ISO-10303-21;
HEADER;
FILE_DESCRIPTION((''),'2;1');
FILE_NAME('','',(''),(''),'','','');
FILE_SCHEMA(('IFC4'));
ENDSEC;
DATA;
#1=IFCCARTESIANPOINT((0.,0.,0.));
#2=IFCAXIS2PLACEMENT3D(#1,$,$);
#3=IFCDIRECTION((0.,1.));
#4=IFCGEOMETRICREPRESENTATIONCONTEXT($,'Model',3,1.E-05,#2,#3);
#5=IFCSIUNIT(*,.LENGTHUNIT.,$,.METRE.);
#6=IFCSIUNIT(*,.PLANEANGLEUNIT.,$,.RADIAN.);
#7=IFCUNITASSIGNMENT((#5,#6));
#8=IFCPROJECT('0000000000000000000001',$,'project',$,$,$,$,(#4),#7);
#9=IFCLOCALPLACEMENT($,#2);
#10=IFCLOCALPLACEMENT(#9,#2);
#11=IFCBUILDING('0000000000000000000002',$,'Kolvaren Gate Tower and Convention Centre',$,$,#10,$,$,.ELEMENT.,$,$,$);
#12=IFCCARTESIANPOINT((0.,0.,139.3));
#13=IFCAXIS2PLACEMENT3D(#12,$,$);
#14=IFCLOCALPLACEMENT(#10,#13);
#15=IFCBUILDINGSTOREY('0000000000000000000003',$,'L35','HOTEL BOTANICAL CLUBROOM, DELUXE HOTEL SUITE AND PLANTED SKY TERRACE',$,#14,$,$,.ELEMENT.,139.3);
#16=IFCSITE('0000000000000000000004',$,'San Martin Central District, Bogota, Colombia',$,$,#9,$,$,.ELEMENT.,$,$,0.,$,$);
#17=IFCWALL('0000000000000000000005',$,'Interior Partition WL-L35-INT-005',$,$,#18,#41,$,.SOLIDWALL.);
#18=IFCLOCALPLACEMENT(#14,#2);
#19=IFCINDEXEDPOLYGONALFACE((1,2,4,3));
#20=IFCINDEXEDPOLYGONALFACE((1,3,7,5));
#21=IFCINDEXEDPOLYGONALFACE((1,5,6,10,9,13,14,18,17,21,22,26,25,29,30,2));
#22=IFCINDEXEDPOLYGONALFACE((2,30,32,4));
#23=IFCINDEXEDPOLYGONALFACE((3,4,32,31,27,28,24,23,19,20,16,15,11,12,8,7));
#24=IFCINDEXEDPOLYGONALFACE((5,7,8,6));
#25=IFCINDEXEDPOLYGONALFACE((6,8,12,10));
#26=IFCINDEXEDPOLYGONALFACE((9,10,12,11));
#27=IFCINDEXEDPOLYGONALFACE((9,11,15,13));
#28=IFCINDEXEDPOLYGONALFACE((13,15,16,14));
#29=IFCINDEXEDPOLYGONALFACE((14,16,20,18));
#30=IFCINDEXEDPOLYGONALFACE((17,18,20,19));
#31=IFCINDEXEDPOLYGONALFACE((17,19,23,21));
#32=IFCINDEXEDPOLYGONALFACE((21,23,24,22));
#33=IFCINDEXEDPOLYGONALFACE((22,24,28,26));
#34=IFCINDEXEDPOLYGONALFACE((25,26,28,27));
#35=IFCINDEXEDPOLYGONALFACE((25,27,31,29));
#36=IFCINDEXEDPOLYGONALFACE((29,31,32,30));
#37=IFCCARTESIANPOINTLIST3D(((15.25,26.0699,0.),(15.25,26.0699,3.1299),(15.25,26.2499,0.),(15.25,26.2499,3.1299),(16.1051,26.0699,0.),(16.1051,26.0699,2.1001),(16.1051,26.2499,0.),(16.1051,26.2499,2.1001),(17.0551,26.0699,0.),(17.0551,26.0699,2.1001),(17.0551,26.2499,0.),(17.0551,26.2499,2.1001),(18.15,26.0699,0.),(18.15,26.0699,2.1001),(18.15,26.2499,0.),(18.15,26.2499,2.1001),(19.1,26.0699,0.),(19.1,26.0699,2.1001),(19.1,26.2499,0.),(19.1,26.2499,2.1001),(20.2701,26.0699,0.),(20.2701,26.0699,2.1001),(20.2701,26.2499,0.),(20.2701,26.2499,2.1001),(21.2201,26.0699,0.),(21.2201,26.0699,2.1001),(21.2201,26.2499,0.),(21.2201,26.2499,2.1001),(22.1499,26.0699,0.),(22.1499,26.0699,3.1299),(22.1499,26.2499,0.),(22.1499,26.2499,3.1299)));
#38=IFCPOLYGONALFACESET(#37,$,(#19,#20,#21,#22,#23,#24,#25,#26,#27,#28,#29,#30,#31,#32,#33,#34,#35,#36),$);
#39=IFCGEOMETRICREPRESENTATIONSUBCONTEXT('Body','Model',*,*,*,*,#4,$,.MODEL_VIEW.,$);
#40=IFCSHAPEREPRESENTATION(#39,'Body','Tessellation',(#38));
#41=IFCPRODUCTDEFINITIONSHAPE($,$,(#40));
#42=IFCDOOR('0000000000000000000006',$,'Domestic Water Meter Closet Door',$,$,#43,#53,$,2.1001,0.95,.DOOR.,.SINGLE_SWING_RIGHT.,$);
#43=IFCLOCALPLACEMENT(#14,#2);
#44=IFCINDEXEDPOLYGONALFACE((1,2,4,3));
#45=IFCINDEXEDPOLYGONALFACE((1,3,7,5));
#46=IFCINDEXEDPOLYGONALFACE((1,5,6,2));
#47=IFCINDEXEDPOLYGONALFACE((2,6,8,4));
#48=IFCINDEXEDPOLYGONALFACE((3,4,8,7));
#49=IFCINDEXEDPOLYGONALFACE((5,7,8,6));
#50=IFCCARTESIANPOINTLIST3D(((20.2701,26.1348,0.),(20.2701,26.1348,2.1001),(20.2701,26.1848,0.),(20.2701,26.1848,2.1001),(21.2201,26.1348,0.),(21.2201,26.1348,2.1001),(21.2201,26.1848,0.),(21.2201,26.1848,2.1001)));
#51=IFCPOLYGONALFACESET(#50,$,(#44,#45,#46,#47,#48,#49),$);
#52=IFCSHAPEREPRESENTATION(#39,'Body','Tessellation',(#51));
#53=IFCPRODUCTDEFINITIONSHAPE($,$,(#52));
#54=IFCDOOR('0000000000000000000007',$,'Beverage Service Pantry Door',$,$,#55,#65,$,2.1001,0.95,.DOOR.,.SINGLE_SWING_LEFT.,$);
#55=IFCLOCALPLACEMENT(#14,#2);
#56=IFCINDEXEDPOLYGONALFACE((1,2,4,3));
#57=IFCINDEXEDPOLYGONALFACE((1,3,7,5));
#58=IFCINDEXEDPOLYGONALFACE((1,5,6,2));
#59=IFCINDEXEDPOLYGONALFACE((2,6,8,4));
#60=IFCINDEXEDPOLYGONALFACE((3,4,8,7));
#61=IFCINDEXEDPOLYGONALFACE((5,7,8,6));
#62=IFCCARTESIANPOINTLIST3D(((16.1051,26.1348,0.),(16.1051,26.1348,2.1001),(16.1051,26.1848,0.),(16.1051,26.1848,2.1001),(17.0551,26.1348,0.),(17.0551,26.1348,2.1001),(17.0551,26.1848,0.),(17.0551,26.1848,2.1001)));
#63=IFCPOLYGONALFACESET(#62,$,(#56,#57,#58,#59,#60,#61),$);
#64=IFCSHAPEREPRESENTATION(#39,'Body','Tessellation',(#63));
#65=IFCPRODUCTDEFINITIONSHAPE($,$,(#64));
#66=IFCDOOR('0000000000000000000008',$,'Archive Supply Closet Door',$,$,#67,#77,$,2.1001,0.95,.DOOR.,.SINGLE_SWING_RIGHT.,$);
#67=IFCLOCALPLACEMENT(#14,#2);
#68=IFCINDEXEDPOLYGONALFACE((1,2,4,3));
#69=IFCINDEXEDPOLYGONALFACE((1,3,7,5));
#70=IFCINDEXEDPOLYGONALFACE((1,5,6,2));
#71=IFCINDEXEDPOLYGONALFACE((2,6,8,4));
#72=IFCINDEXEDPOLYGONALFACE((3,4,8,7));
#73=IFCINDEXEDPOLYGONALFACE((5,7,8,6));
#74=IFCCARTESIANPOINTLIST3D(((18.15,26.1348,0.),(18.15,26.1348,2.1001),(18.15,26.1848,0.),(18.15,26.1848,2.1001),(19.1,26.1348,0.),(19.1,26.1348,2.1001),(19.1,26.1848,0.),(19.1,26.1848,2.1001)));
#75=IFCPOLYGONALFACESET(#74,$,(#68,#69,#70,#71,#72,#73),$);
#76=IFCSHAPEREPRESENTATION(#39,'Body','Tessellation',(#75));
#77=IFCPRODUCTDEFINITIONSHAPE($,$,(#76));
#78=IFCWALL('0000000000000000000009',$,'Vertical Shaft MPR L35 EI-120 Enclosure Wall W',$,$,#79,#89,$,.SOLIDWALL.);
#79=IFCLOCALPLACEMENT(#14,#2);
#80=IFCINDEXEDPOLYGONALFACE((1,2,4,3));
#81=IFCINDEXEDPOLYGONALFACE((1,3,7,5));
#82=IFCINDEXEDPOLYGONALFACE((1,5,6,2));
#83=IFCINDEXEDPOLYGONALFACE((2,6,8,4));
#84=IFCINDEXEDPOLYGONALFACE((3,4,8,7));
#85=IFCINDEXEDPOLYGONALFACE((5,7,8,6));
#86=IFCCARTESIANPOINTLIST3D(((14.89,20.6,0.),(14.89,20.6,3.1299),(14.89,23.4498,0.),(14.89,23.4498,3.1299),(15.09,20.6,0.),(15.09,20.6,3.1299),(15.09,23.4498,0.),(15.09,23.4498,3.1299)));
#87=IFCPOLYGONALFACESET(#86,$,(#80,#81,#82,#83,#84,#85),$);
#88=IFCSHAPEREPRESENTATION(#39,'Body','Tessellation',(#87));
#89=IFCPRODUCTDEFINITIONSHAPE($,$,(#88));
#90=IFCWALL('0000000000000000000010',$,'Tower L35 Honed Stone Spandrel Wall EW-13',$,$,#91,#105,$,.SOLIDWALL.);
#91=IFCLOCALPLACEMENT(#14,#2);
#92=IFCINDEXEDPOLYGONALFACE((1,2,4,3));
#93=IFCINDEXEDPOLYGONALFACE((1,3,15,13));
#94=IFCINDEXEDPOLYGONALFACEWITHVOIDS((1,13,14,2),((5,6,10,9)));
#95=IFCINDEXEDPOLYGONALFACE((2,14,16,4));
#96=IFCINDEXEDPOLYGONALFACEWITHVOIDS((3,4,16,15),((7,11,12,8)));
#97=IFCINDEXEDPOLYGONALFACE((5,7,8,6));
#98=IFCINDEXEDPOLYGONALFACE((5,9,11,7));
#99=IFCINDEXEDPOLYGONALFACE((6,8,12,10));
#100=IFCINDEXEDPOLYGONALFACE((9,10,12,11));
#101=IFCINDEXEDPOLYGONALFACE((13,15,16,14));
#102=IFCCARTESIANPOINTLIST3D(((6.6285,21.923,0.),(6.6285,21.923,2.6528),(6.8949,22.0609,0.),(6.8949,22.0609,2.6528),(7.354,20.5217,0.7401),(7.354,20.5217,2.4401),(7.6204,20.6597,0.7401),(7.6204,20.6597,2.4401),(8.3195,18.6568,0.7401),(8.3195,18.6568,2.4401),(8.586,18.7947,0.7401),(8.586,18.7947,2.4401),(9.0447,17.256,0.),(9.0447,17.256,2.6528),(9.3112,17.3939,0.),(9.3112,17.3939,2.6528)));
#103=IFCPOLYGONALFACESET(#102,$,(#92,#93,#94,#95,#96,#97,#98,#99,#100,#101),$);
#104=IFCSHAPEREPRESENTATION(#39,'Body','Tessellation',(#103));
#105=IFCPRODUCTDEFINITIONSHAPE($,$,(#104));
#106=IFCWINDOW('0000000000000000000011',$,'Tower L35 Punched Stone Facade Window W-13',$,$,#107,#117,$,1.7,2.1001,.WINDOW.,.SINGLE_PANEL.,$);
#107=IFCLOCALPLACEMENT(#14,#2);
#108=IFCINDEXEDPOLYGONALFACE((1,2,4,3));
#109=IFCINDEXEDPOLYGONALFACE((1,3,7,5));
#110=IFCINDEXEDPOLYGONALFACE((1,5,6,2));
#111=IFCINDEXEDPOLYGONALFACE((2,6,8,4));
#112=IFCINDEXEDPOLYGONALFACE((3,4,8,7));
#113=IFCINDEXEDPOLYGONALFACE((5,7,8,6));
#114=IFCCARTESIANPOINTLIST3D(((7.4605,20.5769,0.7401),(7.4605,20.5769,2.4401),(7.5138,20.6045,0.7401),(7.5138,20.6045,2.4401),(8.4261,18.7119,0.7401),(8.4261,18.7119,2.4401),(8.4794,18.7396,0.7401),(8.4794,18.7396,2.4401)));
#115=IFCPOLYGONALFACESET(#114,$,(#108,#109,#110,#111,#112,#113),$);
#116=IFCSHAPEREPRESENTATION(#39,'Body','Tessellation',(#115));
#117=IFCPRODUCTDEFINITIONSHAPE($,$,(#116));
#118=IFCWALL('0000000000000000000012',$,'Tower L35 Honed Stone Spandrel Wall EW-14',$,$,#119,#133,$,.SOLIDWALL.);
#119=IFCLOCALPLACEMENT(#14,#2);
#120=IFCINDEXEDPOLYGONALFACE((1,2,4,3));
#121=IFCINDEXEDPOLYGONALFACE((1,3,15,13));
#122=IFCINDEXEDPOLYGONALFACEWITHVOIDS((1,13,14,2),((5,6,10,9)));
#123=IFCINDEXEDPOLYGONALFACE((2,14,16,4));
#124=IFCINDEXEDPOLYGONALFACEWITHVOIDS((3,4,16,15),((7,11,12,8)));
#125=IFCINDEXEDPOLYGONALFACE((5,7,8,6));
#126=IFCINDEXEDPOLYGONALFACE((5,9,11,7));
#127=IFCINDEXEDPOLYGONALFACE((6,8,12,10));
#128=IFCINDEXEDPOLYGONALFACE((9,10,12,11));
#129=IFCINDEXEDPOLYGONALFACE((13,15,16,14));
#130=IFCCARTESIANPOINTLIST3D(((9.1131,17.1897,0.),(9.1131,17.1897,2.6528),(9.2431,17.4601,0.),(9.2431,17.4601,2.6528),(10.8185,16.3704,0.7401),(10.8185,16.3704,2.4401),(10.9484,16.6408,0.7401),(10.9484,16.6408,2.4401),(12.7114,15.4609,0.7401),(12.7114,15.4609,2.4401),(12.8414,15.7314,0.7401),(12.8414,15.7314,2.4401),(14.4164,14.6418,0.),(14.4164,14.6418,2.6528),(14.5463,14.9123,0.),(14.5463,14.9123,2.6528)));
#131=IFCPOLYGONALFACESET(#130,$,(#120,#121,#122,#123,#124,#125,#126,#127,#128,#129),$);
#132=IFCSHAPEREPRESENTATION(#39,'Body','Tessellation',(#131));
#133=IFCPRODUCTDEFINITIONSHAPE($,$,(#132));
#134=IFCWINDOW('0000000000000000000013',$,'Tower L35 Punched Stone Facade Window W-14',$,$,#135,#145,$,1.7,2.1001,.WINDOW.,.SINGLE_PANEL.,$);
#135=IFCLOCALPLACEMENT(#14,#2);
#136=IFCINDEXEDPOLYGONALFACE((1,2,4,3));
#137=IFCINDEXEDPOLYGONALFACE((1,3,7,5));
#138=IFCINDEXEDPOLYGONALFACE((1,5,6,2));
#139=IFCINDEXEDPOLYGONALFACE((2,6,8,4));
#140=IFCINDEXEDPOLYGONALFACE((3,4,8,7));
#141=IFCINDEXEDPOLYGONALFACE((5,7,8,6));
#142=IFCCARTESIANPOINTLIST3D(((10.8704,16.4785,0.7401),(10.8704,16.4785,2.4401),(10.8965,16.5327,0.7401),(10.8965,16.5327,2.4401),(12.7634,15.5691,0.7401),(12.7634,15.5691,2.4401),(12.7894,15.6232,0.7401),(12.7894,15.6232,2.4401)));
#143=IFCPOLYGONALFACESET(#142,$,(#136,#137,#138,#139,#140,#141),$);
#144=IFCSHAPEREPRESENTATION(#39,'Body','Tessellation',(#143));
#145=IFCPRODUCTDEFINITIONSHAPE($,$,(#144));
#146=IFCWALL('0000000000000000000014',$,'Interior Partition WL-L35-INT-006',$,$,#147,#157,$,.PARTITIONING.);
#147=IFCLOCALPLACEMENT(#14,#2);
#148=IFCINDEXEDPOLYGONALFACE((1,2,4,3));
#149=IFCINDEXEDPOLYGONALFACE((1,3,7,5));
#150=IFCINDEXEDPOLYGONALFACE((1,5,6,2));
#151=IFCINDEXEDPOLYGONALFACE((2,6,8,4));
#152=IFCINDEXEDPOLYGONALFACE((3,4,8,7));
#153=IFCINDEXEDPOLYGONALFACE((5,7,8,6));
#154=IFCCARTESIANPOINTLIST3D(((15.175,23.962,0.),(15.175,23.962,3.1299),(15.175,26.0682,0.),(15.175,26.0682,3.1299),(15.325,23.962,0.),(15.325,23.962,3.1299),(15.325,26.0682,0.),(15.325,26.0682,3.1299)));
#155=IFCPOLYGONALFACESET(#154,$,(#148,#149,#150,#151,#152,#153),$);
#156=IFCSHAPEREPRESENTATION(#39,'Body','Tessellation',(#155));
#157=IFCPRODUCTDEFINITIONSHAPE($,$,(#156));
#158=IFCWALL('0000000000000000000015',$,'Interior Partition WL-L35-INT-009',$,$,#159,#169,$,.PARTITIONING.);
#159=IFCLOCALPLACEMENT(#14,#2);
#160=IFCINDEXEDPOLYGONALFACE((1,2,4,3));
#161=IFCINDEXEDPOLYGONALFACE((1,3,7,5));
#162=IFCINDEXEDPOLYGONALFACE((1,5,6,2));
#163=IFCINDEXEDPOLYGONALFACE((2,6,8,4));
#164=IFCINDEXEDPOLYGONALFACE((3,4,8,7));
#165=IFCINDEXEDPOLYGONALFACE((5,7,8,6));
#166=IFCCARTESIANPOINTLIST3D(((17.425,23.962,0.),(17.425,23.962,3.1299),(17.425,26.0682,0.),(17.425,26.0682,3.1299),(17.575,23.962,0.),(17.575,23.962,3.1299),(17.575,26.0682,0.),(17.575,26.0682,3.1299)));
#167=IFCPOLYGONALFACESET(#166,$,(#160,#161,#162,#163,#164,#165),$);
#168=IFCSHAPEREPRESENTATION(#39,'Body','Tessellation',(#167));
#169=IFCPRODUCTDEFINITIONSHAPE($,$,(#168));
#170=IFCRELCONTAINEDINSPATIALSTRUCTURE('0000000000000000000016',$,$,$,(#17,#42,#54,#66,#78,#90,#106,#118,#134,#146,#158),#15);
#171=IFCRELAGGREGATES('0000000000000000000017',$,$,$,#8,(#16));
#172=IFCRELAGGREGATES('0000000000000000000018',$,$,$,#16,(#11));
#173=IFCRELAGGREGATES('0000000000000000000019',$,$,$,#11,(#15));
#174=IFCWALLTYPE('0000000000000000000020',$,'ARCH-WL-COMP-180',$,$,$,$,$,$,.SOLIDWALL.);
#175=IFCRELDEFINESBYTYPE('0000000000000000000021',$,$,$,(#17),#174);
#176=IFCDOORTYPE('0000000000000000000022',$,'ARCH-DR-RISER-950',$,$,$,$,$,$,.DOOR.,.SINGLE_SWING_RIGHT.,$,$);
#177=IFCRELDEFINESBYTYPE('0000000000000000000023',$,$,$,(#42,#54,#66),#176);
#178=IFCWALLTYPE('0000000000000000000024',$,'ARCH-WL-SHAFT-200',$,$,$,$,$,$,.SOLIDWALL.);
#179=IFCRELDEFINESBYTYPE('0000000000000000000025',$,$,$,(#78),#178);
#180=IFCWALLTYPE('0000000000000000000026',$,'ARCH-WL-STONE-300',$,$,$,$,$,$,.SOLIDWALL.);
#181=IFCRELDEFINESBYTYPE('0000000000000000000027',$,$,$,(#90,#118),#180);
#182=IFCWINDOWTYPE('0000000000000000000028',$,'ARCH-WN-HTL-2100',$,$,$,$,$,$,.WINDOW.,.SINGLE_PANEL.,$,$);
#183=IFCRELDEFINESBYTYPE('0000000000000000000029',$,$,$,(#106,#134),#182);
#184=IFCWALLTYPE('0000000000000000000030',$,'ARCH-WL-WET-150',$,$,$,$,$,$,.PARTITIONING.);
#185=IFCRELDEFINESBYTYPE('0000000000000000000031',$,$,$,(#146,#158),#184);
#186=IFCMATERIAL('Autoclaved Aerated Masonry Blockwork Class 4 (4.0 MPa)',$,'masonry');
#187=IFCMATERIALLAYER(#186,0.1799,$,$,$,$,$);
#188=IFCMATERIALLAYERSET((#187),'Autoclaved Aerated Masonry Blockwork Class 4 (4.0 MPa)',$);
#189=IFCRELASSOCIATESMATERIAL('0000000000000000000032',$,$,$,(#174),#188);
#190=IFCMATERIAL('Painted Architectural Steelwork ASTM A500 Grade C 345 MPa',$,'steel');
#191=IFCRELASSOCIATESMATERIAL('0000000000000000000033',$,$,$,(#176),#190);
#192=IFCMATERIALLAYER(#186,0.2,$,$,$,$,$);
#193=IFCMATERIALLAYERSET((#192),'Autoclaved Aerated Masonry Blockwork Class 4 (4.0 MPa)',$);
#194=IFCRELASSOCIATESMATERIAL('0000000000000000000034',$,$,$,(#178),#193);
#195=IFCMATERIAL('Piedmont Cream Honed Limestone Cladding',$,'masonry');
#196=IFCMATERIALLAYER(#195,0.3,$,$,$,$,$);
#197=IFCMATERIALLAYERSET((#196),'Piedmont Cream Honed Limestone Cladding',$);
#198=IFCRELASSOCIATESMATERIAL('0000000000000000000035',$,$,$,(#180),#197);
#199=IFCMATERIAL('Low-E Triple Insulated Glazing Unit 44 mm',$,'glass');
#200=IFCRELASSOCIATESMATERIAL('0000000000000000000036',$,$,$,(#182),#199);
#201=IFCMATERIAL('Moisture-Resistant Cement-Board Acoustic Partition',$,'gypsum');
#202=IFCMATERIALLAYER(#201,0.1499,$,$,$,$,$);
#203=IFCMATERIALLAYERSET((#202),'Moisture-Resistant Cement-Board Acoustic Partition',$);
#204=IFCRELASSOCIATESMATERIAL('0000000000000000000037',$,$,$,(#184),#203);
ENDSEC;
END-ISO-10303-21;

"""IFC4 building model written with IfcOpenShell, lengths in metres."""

from ifc_helpers import new_model, si_unit, direction, frame, frame_2d, origin, place, context, subcontext, project, spatial, rectangle, extrude, material, layer, layer_set, type_object, element, fill, save


model = new_model("IFC4")

# Units and contexts
model_context = context("Model", 3, precision=1e-05, world=origin(), true_north=direction((0.0, 1.0)))
body_context = subcontext(model_context, "Body", "Model", "MODEL_VIEW")
ifc_project = project(units=[si_unit("LENGTHUNIT", "METRE"), si_unit("PLANEANGLEUNIT", "RADIAN")], contexts=[model_context])

# Site, building, storey
site_placement = place(None, origin())
site = spatial("IfcSite", under=ifc_project, at=site_placement, Name="San Martin Central District, Bogota, Colombia", CompositionType="ELEMENT", RefElevation=0.0)
building_placement = place(site_placement, origin())
building = spatial("IfcBuilding", under=site, at=building_placement, Name="Kolvaren Gate Tower and Convention Centre", CompositionType="ELEMENT")
storey_placement = place(building_placement, frame((0.0, 0.0, 139.3)))
storey = spatial("IfcBuildingStorey", under=building, at=storey_placement, Name="L35", Description="HOTEL BOTANICAL CLUBROOM, DELUXE HOTEL SUITE AND PLANTED SKY TERRACE", CompositionType="ELEMENT", Elevation=139.3)

# Wall, openings, doors
ifc_material_1 = material(Name="Autoclaved Aerated Masonry Blockwork Class 4 (4.0 MPa)", Category="masonry")
ifc_layer_1 = layer(ifc_material_1, 0.1799)
ifc_layer_set_1 = layer_set([ifc_layer_1], Name="Autoclaved Aerated Masonry Blockwork Class 4 (4.0 MPa)")
wall_type_1 = type_object("IfcWallType", Name="ARCH-WL-COMP-180", PredefinedType="SOLIDWALL", material=ifc_layer_set_1)
wall_1_placement = place(storey_placement, frame((15.25, 26.1599, 0.0), z_axis=(0.0, 0.0, 1.0), x_axis=(1.0, 0.0, 0.0)))
wall_1 = element("IfcWall", 1, at=wall_1_placement, inside=storey, type_object=wall_type_1, Name="Interior Partition WL-L35-INT-005", PredefinedType="SOLIDWALL", context=body_context, shape_type="SweptSolid", body=[
    extrude(rectangle(XDim=6.8999, YDim=0.1799, at=frame_2d((3.45, 0.0))), origin(), (0.0, 0.0, 1.0), 3.1299),
])
opening_1_placement = place(wall_1_placement, frame((5.02, 0.0, 0.0)))
opening_1 = element("IfcOpeningElement", 2, at=opening_1_placement, cuts=wall_1, PredefinedType="OPENING", context=body_context, shape_type="SweptSolid", body=[
    extrude(rectangle(XDim=0.95, YDim=2.1001, at=frame_2d((0.4751, 1.05))), frame((0.0, 0.0999, 0.0), z_axis=(0.0, -1.0, 0.0), x_axis=(1.0, 0.0, 0.0)), (0.0, 0.0, 1.0), 0.2),
])
opening_2_placement = place(wall_1_placement, frame((0.855, 0.0, 0.0)))
opening_2 = element("IfcOpeningElement", 3, at=opening_2_placement, cuts=wall_1, PredefinedType="OPENING", context=body_context, shape_type="SweptSolid", body=[
    extrude(rectangle(XDim=0.95, YDim=2.1001, at=frame_2d((0.4751, 1.05))), frame((0.0, 0.0999, 0.0), z_axis=(0.0, -1.0, 0.0), x_axis=(1.0, 0.0, 0.0)), (0.0, 0.0, 1.0), 0.2),
])
opening_3_placement = place(wall_1_placement, frame((2.8999, 0.0, 0.0)))
opening_3 = element("IfcOpeningElement", 4, at=opening_3_placement, cuts=wall_1, PredefinedType="OPENING", context=body_context, shape_type="SweptSolid", body=[
    extrude(rectangle(XDim=0.95, YDim=2.1001, at=frame_2d((0.4751, 1.05))), frame((0.0, 0.0999, 0.0), z_axis=(0.0, -1.0, 0.0), x_axis=(1.0, 0.0, 0.0)), (0.0, 0.0, 1.0), 0.2),
])
ifc_material_2 = material(Name="Painted Architectural Steelwork ASTM A500 Grade C 345 MPa", Category="steel")
door_type = type_object("IfcDoorType", Name="ARCH-DR-RISER-950", OperationType="SINGLE_SWING_RIGHT", PredefinedType="DOOR", material=ifc_material_2)
door_1_placement = place(opening_1_placement, origin())
door_1 = element("IfcDoor", 5, at=door_1_placement, inside=storey, type_object=door_type, Name="Domestic Water Meter Closet Door", OperationType="SINGLE_SWING_RIGHT", OverallHeight=2.1001, OverallWidth=0.95, PredefinedType="DOOR", context=body_context, shape_type="SweptSolid", body=[
    extrude(rectangle(XDim=0.95, YDim=2.1001, at=frame_2d((0.4751, 1.05))), frame((0.0, 0.0249, 0.0), z_axis=(0.0, -1.0, 0.0), x_axis=(1.0, 0.0, 0.0)), (0.0, 0.0, 1.0), 0.05),
])
fill(opening_1, door_1)
door_2_placement = place(opening_2_placement, origin())
door_2 = element("IfcDoor", 6, at=door_2_placement, inside=storey, type_object=door_type, Name="Beverage Service Pantry Door", OperationType="SINGLE_SWING_LEFT", OverallHeight=2.1001, OverallWidth=0.95, PredefinedType="DOOR", context=body_context, shape_type="SweptSolid", body=[
    extrude(rectangle(XDim=0.95, YDim=2.1001, at=frame_2d((0.4751, 1.05))), frame((0.0, 0.0249, 0.0), z_axis=(0.0, -1.0, 0.0), x_axis=(1.0, 0.0, 0.0)), (0.0, 0.0, 1.0), 0.05),
])
fill(opening_2, door_2)
door_3_placement = place(opening_3_placement, origin())
door_3 = element("IfcDoor", 7, at=door_3_placement, inside=storey, type_object=door_type, Name="Archive Supply Closet Door", OperationType="SINGLE_SWING_RIGHT", OverallHeight=2.1001, OverallWidth=0.95, PredefinedType="DOOR", context=body_context, shape_type="SweptSolid", body=[
    extrude(rectangle(XDim=0.95, YDim=2.1001, at=frame_2d((0.4751, 1.05))), frame((0.0, 0.0249, 0.0), z_axis=(0.0, -1.0, 0.0), x_axis=(1.0, 0.0, 0.0)), (0.0, 0.0, 1.0), 0.05),
])
fill(opening_3, door_3)

# Wall
ifc_layer_2 = layer(ifc_material_1, 0.2)
ifc_layer_set_2 = layer_set([ifc_layer_2], Name="Autoclaved Aerated Masonry Blockwork Class 4 (4.0 MPa)")
wall_type_2 = type_object("IfcWallType", Name="ARCH-WL-SHAFT-200", PredefinedType="SOLIDWALL", material=ifc_layer_set_2)
wall_2_placement = place(storey_placement, frame((14.99, 20.6001, 0.0), z_axis=(0.0, 0.0, 1.0), x_axis=(0.0, 1.0, 0.0)))
element("IfcWall", 8, at=wall_2_placement, inside=storey, type_object=wall_type_2, Name="Vertical Shaft MPR L35 EI-120 Enclosure Wall W", PredefinedType="SOLIDWALL", context=body_context, shape_type="SweptSolid", body=[
    extrude(rectangle(XDim=2.8499, YDim=0.2, at=frame_2d((1.4248, 0.0))), origin(), (0.0, 0.0, 1.0), 3.1299),
])

# Walls, openings, windows
ifc_material_3 = material(Name="Piedmont Cream Honed Limestone Cladding", Category="masonry")
ifc_layer_3 = layer(ifc_material_3, 0.3)
ifc_layer_set_3 = layer_set([ifc_layer_3], Name="Piedmont Cream Honed Limestone Cladding")
wall_type_3 = type_object("IfcWallType", Name="ARCH-WL-STONE-300", PredefinedType="SOLIDWALL", material=ifc_layer_set_3)
wall_3_placement = place(storey_placement, frame((6.7617, 21.9919, 0.0), z_axis=(0.0, 0.0, 1.0), x_axis=(0.459768, -0.888039, 0.0)))
wall_3 = element("IfcWall", 9, at=wall_3_placement, inside=storey, type_object=wall_type_3, Name="Tower L35 Honed Stone Spandrel Wall EW-13", PredefinedType="SOLIDWALL", context=body_context, shape_type="SweptSolid", body=[
    extrude(rectangle(XDim=5.2554, YDim=0.3, at=frame_2d((2.6277, 0.0))), origin(), (0.0, 0.0, 1.0), 2.6528),
])
opening_4_placement = place(wall_3_placement, frame((1.5779, 0.0, 0.74)))
opening_4 = element("IfcOpeningElement", 10, at=opening_4_placement, cuts=wall_3, PredefinedType="OPENING", context=body_context, shape_type="SweptSolid", body=[
    extrude(rectangle(XDim=2.1001, YDim=1.7, at=frame_2d((1.05, 0.8501))), frame((0.0, 0.1599, 0.0), z_axis=(0.0, -1.0, 0.0), x_axis=(1.0, 0.0, 0.0)), (0.0, 0.0, 1.0), 0.3201),
])
ifc_material_4 = material(Name="Low-E Triple Insulated Glazing Unit 44 mm", Category="glass")
window_type = type_object("IfcWindowType", Name="ARCH-WN-HTL-2100", PartitioningType="SINGLE_PANEL", PredefinedType="WINDOW", material=ifc_material_4)
window_1_placement = place(opening_4_placement, origin())
window_1 = element("IfcWindow", 11, at=window_1_placement, inside=storey, type_object=window_type, Name="Tower L35 Punched Stone Facade Window W-13", OverallHeight=1.7, OverallWidth=2.1001, PartitioningType="SINGLE_PANEL", PredefinedType="WINDOW", context=body_context, shape_type="SweptSolid", body=[
    extrude(rectangle(XDim=2.1001, YDim=1.7, at=frame_2d((1.05, 0.8501))), frame((0.0, 0.03, 0.0), z_axis=(0.0, -1.0, 0.0), x_axis=(1.0, 0.0, 0.0)), (0.0, 0.0, 1.0), 0.0601),
])
fill(opening_4, window_1)
wall_4_placement = place(storey_placement, frame((9.178, 17.325, 0.0), z_axis=(0.0, 0.0, 1.0), x_axis=(0.90137, -0.433049, 0.0)))
wall_4 = element("IfcWall", 12, at=wall_4_placement, inside=storey, type_object=wall_type_3, Name="Tower L35 Honed Stone Spandrel Wall EW-14", PredefinedType="SOLIDWALL", context=body_context, shape_type="SweptSolid", body=[
    extrude(rectangle(XDim=5.8835, YDim=0.3, at=frame_2d((2.9419, 0.0))), origin(), (0.0, 0.0, 1.0), 2.6528),
])
opening_5_placement = place(wall_4_placement, frame((1.8921, 0.0, 0.74)))
opening_5 = element("IfcOpeningElement", 13, at=opening_5_placement, cuts=wall_4, PredefinedType="OPENING", context=body_context, shape_type="SweptSolid", body=[
    extrude(rectangle(XDim=2.1001, YDim=1.7, at=frame_2d((1.05, 0.8501))), frame((0.0, 0.1599, 0.0), z_axis=(0.0, -1.0, 0.0), x_axis=(1.0, 0.0, 0.0)), (0.0, 0.0, 1.0), 0.3201),
])
window_2_placement = place(opening_5_placement, origin())
window_2 = element("IfcWindow", 14, at=window_2_placement, inside=storey, type_object=window_type, Name="Tower L35 Punched Stone Facade Window W-14", OverallHeight=1.7, OverallWidth=2.1001, PartitioningType="SINGLE_PANEL", PredefinedType="WINDOW", context=body_context, shape_type="SweptSolid", body=[
    extrude(rectangle(XDim=2.1001, YDim=1.7, at=frame_2d((1.05, 0.8501))), frame((0.0, 0.03, 0.0), z_axis=(0.0, -1.0, 0.0), x_axis=(1.0, 0.0, 0.0)), (0.0, 0.0, 1.0), 0.0601),
])
fill(opening_5, window_2)

# Walls
ifc_material_5 = material(Name="Moisture-Resistant Cement-Board Acoustic Partition", Category="gypsum")
ifc_layer_4 = layer(ifc_material_5, 0.1499)
ifc_layer_set_4 = layer_set([ifc_layer_4], Name="Moisture-Resistant Cement-Board Acoustic Partition")
wall_type_4 = type_object("IfcWallType", Name="ARCH-WL-WET-150", PredefinedType="PARTITIONING", material=ifc_layer_set_4)
for number, where, z_axis, x_axis, name in (
    (15, (15.25, 23.9619, 0.0), (0.0, 0.0, 1.0), (0.0, 1.0, 0.0), "Interior Partition WL-L35-INT-006"),
    (16, (17.5, 23.9619, 0.0), (0.0, 0.0, 1.0), (0.0, 1.0, 0.0), "Interior Partition WL-L35-INT-009"),
):
    element("IfcWall", number, at=place(storey_placement, frame(where, z_axis=z_axis, x_axis=x_axis)), inside=storey, type_object=wall_type_4, Name=name, PredefinedType="PARTITIONING", context=body_context, shape_type="SweptSolid", body=[
        extrude(rectangle(XDim=2.1062, YDim=0.1499, at=frame_2d((1.0532, 0.0))), origin(), (0.0, 0.0, 1.0), 3.1299),
    ])

save(model, "model.ifc")
